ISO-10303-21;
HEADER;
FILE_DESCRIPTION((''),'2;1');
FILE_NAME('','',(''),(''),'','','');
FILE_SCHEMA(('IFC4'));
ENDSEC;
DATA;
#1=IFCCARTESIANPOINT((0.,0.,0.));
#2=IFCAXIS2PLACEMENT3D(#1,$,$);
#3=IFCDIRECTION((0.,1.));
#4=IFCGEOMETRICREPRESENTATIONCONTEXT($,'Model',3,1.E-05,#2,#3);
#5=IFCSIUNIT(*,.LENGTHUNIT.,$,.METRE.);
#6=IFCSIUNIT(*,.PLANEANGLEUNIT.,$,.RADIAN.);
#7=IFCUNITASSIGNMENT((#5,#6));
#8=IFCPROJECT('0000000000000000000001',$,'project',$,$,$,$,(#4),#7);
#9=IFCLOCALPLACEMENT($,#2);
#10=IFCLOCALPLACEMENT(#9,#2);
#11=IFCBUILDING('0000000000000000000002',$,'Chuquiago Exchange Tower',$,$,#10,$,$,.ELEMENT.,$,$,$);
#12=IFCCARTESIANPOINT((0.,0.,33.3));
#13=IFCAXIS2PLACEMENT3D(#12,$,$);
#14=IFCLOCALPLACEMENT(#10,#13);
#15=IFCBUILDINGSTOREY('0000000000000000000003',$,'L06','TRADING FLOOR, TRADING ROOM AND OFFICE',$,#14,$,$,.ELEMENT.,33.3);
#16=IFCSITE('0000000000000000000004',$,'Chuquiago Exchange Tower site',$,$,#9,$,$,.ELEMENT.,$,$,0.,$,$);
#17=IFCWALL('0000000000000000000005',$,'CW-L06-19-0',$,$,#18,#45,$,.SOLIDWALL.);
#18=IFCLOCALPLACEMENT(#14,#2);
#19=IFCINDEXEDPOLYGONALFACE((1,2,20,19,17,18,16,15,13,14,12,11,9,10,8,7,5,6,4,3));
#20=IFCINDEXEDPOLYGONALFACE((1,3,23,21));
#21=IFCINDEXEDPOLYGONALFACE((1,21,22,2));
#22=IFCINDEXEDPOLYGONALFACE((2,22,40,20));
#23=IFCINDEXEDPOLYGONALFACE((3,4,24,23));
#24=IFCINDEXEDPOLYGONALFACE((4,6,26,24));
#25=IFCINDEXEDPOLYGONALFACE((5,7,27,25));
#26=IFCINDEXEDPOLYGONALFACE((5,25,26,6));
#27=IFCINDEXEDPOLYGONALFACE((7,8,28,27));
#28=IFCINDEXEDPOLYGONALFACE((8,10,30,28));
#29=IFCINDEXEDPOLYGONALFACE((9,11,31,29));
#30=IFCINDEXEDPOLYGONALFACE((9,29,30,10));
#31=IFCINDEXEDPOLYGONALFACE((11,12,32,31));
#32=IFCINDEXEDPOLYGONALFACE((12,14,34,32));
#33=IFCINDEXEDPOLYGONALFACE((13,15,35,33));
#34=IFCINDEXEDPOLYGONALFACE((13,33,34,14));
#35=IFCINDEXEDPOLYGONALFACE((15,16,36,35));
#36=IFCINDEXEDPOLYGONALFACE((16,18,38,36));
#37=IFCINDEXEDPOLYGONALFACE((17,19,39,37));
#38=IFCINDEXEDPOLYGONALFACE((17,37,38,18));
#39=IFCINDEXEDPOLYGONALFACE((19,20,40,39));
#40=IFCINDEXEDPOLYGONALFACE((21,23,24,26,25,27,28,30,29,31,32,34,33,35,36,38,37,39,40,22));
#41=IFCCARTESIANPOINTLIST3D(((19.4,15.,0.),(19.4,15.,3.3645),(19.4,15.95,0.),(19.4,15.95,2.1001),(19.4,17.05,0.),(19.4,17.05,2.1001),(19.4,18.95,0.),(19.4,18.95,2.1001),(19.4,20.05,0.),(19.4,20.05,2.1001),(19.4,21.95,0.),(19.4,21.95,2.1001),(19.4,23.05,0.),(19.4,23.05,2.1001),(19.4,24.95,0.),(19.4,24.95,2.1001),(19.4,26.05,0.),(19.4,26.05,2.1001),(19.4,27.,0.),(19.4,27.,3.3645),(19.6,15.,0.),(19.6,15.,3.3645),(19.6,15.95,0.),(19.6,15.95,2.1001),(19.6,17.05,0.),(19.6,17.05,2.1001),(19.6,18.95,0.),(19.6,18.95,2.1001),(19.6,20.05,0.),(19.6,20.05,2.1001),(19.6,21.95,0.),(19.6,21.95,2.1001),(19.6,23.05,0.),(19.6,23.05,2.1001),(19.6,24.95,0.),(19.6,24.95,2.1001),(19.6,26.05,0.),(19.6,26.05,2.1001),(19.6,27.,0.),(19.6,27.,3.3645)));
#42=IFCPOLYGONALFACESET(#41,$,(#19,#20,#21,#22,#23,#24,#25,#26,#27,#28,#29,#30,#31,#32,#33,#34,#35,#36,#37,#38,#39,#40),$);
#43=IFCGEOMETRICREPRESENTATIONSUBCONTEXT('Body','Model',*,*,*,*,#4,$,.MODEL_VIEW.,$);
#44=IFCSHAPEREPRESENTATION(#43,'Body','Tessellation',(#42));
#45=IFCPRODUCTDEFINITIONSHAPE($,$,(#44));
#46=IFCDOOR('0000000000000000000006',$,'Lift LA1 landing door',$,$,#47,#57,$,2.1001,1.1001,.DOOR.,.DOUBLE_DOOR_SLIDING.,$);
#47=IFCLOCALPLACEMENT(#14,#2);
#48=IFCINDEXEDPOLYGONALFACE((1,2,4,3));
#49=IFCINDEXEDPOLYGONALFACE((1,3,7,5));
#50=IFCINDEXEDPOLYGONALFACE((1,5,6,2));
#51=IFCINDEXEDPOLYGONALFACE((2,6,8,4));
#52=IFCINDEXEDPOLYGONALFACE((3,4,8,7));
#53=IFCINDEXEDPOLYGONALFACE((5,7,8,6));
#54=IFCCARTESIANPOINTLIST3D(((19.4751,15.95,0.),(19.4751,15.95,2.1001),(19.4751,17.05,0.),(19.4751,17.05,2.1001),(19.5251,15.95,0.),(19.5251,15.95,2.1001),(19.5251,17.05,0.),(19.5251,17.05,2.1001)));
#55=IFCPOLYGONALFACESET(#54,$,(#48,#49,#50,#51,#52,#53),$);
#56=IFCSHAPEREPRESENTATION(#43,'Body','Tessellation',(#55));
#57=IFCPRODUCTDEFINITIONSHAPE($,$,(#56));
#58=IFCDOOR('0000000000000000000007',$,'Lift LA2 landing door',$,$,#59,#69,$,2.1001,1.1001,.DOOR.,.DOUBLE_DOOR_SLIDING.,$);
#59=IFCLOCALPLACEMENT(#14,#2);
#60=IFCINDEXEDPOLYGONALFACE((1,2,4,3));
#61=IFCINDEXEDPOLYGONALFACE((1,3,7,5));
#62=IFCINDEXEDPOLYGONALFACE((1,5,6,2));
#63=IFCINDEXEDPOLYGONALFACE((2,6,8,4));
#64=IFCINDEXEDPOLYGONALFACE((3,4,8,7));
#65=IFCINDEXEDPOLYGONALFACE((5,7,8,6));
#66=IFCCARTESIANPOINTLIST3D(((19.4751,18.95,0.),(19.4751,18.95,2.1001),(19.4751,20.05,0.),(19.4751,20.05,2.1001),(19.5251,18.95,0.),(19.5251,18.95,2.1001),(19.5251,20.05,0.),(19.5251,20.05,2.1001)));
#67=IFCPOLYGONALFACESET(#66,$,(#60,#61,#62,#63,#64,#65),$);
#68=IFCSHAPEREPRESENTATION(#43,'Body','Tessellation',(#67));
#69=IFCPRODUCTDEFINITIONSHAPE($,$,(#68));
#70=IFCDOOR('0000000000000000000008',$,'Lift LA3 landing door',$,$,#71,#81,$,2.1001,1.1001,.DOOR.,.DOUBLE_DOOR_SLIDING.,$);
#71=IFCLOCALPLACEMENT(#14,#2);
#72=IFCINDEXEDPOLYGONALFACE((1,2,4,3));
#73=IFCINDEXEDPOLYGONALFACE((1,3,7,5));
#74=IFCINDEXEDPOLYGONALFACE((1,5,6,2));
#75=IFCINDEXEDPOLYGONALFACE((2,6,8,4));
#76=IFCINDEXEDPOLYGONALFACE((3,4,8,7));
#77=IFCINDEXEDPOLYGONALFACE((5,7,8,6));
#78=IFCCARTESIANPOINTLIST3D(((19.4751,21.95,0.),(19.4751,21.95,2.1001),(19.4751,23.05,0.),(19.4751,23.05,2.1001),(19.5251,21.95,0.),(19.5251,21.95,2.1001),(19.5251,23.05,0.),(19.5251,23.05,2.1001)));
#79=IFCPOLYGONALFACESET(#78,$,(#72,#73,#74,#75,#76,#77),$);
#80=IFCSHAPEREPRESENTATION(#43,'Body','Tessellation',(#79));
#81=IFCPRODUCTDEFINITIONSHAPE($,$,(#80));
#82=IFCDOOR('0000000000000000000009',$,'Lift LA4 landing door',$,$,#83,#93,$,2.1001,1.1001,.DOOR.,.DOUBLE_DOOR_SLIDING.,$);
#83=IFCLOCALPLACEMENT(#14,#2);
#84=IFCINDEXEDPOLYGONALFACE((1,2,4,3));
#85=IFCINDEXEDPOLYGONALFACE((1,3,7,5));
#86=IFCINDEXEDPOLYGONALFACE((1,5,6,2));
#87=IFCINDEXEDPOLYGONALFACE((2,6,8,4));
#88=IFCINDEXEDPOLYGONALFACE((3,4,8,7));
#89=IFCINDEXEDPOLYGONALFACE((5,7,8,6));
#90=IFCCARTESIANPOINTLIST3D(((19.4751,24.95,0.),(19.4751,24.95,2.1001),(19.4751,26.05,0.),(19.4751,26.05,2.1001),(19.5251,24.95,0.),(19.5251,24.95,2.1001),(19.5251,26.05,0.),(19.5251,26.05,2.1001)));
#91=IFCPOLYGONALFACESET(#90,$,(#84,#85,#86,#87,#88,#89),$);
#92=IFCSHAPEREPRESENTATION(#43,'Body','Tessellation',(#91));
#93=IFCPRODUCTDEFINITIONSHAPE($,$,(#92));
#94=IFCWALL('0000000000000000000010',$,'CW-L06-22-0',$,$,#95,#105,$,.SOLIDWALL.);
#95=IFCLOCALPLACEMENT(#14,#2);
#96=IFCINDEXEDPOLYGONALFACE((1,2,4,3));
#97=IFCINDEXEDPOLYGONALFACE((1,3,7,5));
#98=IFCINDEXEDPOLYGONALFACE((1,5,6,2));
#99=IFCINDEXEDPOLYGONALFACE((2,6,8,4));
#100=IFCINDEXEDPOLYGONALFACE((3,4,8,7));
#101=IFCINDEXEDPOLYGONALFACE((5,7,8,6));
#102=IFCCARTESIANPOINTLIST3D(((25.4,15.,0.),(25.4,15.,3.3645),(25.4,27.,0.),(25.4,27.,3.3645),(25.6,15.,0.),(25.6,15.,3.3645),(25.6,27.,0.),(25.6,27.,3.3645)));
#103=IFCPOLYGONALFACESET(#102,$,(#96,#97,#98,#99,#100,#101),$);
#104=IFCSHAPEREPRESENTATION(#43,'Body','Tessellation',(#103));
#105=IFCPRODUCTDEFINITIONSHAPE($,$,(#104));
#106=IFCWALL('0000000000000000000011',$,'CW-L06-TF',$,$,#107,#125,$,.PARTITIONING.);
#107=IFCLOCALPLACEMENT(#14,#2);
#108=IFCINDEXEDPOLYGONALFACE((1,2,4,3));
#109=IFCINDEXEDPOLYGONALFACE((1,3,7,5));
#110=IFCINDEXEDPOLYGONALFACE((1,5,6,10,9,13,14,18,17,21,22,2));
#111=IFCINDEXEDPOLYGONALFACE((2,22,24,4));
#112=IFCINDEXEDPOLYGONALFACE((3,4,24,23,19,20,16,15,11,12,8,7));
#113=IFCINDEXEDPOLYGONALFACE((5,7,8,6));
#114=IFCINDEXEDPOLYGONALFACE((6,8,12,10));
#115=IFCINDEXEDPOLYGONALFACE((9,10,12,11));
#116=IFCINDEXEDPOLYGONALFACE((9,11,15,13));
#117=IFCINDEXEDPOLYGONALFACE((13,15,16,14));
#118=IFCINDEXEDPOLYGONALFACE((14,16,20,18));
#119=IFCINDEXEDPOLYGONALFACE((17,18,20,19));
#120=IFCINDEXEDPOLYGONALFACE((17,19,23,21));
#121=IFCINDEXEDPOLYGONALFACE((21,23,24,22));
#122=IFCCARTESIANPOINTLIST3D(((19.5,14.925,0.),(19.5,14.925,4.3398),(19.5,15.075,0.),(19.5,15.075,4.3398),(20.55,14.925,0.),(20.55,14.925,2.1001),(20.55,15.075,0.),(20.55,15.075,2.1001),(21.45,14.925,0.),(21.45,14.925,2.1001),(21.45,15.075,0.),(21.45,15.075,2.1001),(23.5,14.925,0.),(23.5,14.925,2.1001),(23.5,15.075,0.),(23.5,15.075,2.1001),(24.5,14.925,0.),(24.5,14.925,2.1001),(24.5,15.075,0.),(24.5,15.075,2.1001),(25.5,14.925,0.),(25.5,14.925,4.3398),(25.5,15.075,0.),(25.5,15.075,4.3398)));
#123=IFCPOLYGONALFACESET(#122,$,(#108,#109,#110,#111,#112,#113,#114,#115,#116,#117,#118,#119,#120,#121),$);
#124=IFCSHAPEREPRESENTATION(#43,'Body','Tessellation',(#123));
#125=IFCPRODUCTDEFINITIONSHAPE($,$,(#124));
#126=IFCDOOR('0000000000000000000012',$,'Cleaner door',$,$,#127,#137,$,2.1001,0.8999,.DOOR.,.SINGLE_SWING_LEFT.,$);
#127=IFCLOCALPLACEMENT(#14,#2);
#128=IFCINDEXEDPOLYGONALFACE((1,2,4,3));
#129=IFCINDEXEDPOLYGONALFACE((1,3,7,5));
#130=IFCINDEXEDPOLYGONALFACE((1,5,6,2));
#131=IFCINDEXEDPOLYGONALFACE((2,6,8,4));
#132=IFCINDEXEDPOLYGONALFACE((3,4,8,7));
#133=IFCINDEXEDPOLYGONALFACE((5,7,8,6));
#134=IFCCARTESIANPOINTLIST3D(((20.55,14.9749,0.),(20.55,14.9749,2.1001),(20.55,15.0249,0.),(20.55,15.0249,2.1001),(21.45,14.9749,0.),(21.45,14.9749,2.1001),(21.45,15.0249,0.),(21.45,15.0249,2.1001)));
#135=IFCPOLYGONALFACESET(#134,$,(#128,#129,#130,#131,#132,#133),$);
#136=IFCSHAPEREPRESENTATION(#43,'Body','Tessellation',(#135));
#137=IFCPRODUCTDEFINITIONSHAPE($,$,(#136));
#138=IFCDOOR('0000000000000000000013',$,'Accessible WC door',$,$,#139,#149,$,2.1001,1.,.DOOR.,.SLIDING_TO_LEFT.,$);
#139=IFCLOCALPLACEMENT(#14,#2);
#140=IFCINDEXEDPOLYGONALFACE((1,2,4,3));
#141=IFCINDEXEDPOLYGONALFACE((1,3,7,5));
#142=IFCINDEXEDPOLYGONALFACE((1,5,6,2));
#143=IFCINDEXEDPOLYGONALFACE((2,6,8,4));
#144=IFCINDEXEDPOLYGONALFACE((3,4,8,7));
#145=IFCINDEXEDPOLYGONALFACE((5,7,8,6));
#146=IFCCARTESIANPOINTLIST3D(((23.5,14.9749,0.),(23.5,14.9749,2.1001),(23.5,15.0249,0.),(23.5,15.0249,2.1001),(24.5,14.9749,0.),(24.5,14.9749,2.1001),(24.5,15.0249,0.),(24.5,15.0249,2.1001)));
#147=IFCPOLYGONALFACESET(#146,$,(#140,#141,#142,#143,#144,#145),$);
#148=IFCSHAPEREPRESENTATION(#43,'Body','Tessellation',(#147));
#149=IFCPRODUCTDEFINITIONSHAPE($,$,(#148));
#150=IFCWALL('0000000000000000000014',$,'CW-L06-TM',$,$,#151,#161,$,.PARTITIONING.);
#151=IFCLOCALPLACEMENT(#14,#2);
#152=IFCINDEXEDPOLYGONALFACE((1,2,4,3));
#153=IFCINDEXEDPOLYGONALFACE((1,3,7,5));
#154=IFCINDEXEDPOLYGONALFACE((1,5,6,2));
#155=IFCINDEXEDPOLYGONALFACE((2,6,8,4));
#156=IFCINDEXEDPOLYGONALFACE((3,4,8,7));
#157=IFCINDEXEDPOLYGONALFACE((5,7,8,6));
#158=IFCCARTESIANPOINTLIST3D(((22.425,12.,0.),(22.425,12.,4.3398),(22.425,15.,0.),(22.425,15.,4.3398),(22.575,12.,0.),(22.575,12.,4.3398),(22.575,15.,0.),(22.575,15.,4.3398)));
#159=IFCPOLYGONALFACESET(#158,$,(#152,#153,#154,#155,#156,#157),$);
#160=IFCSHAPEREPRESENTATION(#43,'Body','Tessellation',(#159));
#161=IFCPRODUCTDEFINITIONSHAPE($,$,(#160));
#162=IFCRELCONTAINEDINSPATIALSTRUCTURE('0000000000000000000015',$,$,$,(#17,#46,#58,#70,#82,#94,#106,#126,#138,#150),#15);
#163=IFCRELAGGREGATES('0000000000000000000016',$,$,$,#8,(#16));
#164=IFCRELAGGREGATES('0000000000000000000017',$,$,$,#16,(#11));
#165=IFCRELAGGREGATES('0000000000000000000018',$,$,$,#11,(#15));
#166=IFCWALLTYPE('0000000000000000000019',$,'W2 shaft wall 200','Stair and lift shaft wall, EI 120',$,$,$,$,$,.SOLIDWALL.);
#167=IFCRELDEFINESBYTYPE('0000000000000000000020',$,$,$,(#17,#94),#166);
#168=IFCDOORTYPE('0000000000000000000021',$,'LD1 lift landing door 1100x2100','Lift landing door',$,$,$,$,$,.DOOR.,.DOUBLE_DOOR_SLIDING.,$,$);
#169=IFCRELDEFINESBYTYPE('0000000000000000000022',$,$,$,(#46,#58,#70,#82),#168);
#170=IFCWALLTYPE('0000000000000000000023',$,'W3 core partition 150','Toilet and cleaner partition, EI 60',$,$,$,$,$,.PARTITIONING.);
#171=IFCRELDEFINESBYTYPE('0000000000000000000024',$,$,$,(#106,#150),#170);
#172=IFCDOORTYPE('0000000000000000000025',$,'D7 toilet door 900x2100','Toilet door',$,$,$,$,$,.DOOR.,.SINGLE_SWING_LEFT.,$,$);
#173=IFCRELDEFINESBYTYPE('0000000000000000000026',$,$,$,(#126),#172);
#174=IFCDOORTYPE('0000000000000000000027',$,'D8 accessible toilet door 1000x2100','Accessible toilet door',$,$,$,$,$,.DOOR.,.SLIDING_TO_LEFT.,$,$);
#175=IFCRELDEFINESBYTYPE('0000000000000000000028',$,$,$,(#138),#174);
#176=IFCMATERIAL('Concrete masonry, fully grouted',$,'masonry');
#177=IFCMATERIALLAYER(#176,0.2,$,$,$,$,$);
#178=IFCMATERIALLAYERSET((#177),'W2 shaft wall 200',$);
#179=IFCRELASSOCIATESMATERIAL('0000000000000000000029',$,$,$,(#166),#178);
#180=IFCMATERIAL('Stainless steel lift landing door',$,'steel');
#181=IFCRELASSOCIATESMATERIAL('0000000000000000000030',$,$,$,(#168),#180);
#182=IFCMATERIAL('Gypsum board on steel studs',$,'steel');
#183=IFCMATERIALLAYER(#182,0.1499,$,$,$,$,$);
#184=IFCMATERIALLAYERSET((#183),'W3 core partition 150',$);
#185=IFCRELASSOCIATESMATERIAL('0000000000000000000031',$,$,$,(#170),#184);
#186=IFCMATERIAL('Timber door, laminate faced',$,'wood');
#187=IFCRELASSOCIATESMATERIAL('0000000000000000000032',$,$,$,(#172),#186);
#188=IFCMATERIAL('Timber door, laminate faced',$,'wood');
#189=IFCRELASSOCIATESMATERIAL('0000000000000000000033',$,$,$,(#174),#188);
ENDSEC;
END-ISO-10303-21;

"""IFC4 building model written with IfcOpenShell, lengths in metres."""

from ifc_helpers import new_model, si_unit, direction, frame, frame_2d, origin, place, context, subcontext, project, spatial, rectangle, extrude, material, layer, layer_set, type_object, element, fill, save


model = new_model("IFC4")

# Units and contexts
model_context = context("Model", 3, precision=1e-05, world=origin(), true_north=direction((0.0, 1.0)))
body_context = subcontext(model_context, "Body", "Model", "MODEL_VIEW")
ifc_project = project(units=[si_unit("LENGTHUNIT", "METRE"), si_unit("PLANEANGLEUNIT", "RADIAN")], contexts=[model_context])

# Site, building, storey
site_placement = place(None, origin())
site = spatial("IfcSite", under=ifc_project, at=site_placement, Name="Chuquiago Exchange Tower site", CompositionType="ELEMENT", RefElevation=0.0)
building_placement = place(site_placement, origin())
building = spatial("IfcBuilding", under=site, at=building_placement, Name="Chuquiago Exchange Tower", CompositionType="ELEMENT")
storey_placement = place(building_placement, frame((0.0, 0.0, 33.3)))
storey = spatial("IfcBuildingStorey", under=building, at=storey_placement, Name="L06", Description="TRADING FLOOR, TRADING ROOM AND OFFICE", CompositionType="ELEMENT", Elevation=33.3)

# Shared definitions
ifc_material_1 = material(Name="Concrete masonry, fully grouted", Category="masonry")
ifc_layer_1 = layer(ifc_material_1, 0.2)
ifc_layer_set_1 = layer_set([ifc_layer_1], Name="W2 shaft wall 200")
wall_type_1 = type_object("IfcWallType", Name="W2 shaft wall 200", Description="Stair and lift shaft wall, EI 120", PredefinedType="SOLIDWALL", material=ifc_layer_set_1)

# Wall, openings, doors
wall_1_placement = place(storey_placement, frame((19.5, 15.0, 0.0), z_axis=(0.0, 0.0, 1.0), x_axis=(0.0, 1.0, 0.0)))
wall_1 = element("IfcWall", 1, at=wall_1_placement, inside=storey, type_object=wall_type_1, Name="CW-L06-19-0", PredefinedType="SOLIDWALL", context=body_context, shape_type="SweptSolid", body=[
    extrude(rectangle(XDim=12.0, YDim=0.2, at=frame_2d((6.0, 0.0))), origin(), (0.0, 0.0, 1.0), 3.3645),
])
opening_1_placement = place(wall_1_placement, frame((0.95, 0.0, 0.0)))
opening_1 = element("IfcOpeningElement", 2, at=opening_1_placement, cuts=wall_1, PredefinedType="OPENING", context=body_context, shape_type="SweptSolid", body=[
    extrude(rectangle(XDim=1.1001, YDim=2.1001, at=frame_2d((0.55, 1.05))), frame((0.0, 0.1099, 0.0), z_axis=(0.0, -1.0, 0.0), x_axis=(1.0, 0.0, 0.0)), (0.0, 0.0, 1.0), 0.22),
])
opening_2_placement = place(wall_1_placement, frame((3.95, 0.0, 0.0)))
opening_2 = element("IfcOpeningElement", 3, at=opening_2_placement, cuts=wall_1, PredefinedType="OPENING", context=body_context, shape_type="SweptSolid", body=[
    extrude(rectangle(XDim=1.1001, YDim=2.1001, at=frame_2d((0.55, 1.05))), frame((0.0, 0.1099, 0.0), z_axis=(0.0, -1.0, 0.0), x_axis=(1.0, 0.0, 0.0)), (0.0, 0.0, 1.0), 0.22),
])
opening_3_placement = place(wall_1_placement, frame((6.95, 0.0, 0.0)))
opening_3 = element("IfcOpeningElement", 4, at=opening_3_placement, cuts=wall_1, PredefinedType="OPENING", context=body_context, shape_type="SweptSolid", body=[
    extrude(rectangle(XDim=1.1001, YDim=2.1001, at=frame_2d((0.55, 1.05))), frame((0.0, 0.1099, 0.0), z_axis=(0.0, -1.0, 0.0), x_axis=(1.0, 0.0, 0.0)), (0.0, 0.0, 1.0), 0.22),
])
opening_4_placement = place(wall_1_placement, frame((9.95, 0.0, 0.0)))
opening_4 = element("IfcOpeningElement", 5, at=opening_4_placement, cuts=wall_1, PredefinedType="OPENING", context=body_context, shape_type="SweptSolid", body=[
    extrude(rectangle(XDim=1.1001, YDim=2.1001, at=frame_2d((0.55, 1.05))), frame((0.0, 0.1099, 0.0), z_axis=(0.0, -1.0, 0.0), x_axis=(1.0, 0.0, 0.0)), (0.0, 0.0, 1.0), 0.22),
])
ifc_material_2 = material(Name="Stainless steel lift landing door", Category="steel")
door_type_1 = type_object("IfcDoorType", Name="LD1 lift landing door 1100x2100", Description="Lift landing door", OperationType="DOUBLE_DOOR_SLIDING", PredefinedType="DOOR", material=ifc_material_2)
door_1_placement = place(opening_1_placement, origin())
door_1 = element("IfcDoor", 6, at=door_1_placement, inside=storey, type_object=door_type_1, Name="Lift LA1 landing door", OperationType="DOUBLE_DOOR_SLIDING", OverallHeight=2.1001, OverallWidth=1.1001, PredefinedType="DOOR", context=body_context, shape_type="SweptSolid", body=[
    extrude(rectangle(XDim=1.1001, YDim=2.1001, at=frame_2d((0.55, 1.05))), frame((0.0, 0.0249, 0.0), z_axis=(0.0, -1.0, 0.0), x_axis=(1.0, 0.0, 0.0)), (0.0, 0.0, 1.0), 0.05),
])
fill(opening_1, door_1)
door_2_placement = place(opening_2_placement, origin())
door_2 = element("IfcDoor", 7, at=door_2_placement, inside=storey, type_object=door_type_1, Name="Lift LA2 landing door", OperationType="DOUBLE_DOOR_SLIDING", OverallHeight=2.1001, OverallWidth=1.1001, PredefinedType="DOOR", context=body_context, shape_type="SweptSolid", body=[
    extrude(rectangle(XDim=1.1001, YDim=2.1001, at=frame_2d((0.55, 1.05))), frame((0.0, 0.0249, 0.0), z_axis=(0.0, -1.0, 0.0), x_axis=(1.0, 0.0, 0.0)), (0.0, 0.0, 1.0), 0.05),
])
fill(opening_2, door_2)
door_3_placement = place(opening_3_placement, origin())
door_3 = element("IfcDoor", 8, at=door_3_placement, inside=storey, type_object=door_type_1, Name="Lift LA3 landing door", OperationType="DOUBLE_DOOR_SLIDING", OverallHeight=2.1001, OverallWidth=1.1001, PredefinedType="DOOR", context=body_context, shape_type="SweptSolid", body=[
    extrude(rectangle(XDim=1.1001, YDim=2.1001, at=frame_2d((0.55, 1.05))), frame((0.0, 0.0249, 0.0), z_axis=(0.0, -1.0, 0.0), x_axis=(1.0, 0.0, 0.0)), (0.0, 0.0, 1.0), 0.05),
])
fill(opening_3, door_3)
door_4_placement = place(opening_4_placement, origin())
door_4 = element("IfcDoor", 9, at=door_4_placement, inside=storey, type_object=door_type_1, Name="Lift LA4 landing door", OperationType="DOUBLE_DOOR_SLIDING", OverallHeight=2.1001, OverallWidth=1.1001, PredefinedType="DOOR", context=body_context, shape_type="SweptSolid", body=[
    extrude(rectangle(XDim=1.1001, YDim=2.1001, at=frame_2d((0.55, 1.05))), frame((0.0, 0.0249, 0.0), z_axis=(0.0, -1.0, 0.0), x_axis=(1.0, 0.0, 0.0)), (0.0, 0.0, 1.0), 0.05),
])
fill(opening_4, door_4)

# Wall
wall_2_placement = place(storey_placement, frame((25.5, 15.0, 0.0), z_axis=(0.0, 0.0, 1.0), x_axis=(0.0, 1.0, 0.0)))
element("IfcWall", 10, at=wall_2_placement, inside=storey, type_object=wall_type_1, Name="CW-L06-22-0", PredefinedType="SOLIDWALL", context=body_context, shape_type="SweptSolid", body=[
    extrude(rectangle(XDim=12.0, YDim=0.2, at=frame_2d((6.0, 0.0))), origin(), (0.0, 0.0, 1.0), 3.3645),
])

# Wall, openings, doors
ifc_material_3 = material(Name="Gypsum board on steel studs", Category="steel")
ifc_layer_2 = layer(ifc_material_3, 0.1499)
ifc_layer_set_2 = layer_set([ifc_layer_2], Name="W3 core partition 150")
wall_type_2 = type_object("IfcWallType", Name="W3 core partition 150", Description="Toilet and cleaner partition, EI 60", PredefinedType="PARTITIONING", material=ifc_layer_set_2)
wall_3_placement = place(storey_placement, frame((19.5, 15.0, 0.0), z_axis=(0.0, 0.0, 1.0), x_axis=(1.0, 0.0, 0.0)))
wall_3 = element("IfcWall", 11, at=wall_3_placement, inside=storey, type_object=wall_type_2, Name="CW-L06-TF", PredefinedType="PARTITIONING", context=body_context, shape_type="SweptSolid", body=[
    extrude(rectangle(XDim=6.0, YDim=0.1499, at=frame_2d((3.0, 0.0))), origin(), (0.0, 0.0, 1.0), 4.3398),
])
opening_5_placement = place(wall_3_placement, frame((4.0, 0.0, 0.0)))
opening_5 = element("IfcOpeningElement", 12, at=opening_5_placement, cuts=wall_3, PredefinedType="OPENING", context=body_context, shape_type="SweptSolid", body=[
    extrude(rectangle(XDim=1.0, YDim=2.1001, at=frame_2d((0.5, 1.05))), frame((0.0, 0.085, 0.0), z_axis=(0.0, -1.0, 0.0), x_axis=(1.0, 0.0, 0.0)), (0.0, 0.0, 1.0), 0.1699),
])
opening_6_placement = place(wall_3_placement, frame((1.05, 0.0, 0.0)))
opening_6 = element("IfcOpeningElement", 13, at=opening_6_placement, cuts=wall_3, PredefinedType="OPENING", context=body_context, shape_type="SweptSolid", body=[
    extrude(rectangle(XDim=0.8999, YDim=2.1001, at=frame_2d((0.45, 1.05))), frame((0.0, 0.085, 0.0), z_axis=(0.0, -1.0, 0.0), x_axis=(1.0, 0.0, 0.0)), (0.0, 0.0, 1.0), 0.1699),
])
ifc_material_4 = material(Name="Timber door, laminate faced", Category="wood")
door_type_2 = type_object("IfcDoorType", Name="D7 toilet door 900x2100", Description="Toilet door", OperationType="SINGLE_SWING_LEFT", PredefinedType="DOOR", material=ifc_material_4)
door_5_placement = place(opening_6_placement, origin())
door_5 = element("IfcDoor", 14, at=door_5_placement, inside=storey, type_object=door_type_2, Name="Cleaner door", OperationType="SINGLE_SWING_LEFT", OverallHeight=2.1001, OverallWidth=0.8999, PredefinedType="DOOR", context=body_context, shape_type="SweptSolid", body=[
    extrude(rectangle(XDim=0.8999, YDim=2.1001, at=frame_2d((0.45, 1.05))), frame((0.0, 0.0249, 0.0), z_axis=(0.0, -1.0, 0.0), x_axis=(1.0, 0.0, 0.0)), (0.0, 0.0, 1.0), 0.05),
])
fill(opening_6, door_5)
ifc_material_5 = material(Name="Timber door, laminate faced", Category="wood")
door_type_3 = type_object("IfcDoorType", Name="D8 accessible toilet door 1000x2100", Description="Accessible toilet door", OperationType="SLIDING_TO_LEFT", PredefinedType="DOOR", material=ifc_material_5)
door_6_placement = place(opening_5_placement, origin())
door_6 = element("IfcDoor", 15, at=door_6_placement, inside=storey, type_object=door_type_3, Name="Accessible WC door", OperationType="SLIDING_TO_LEFT", OverallHeight=2.1001, OverallWidth=1.0, PredefinedType="DOOR", context=body_context, shape_type="SweptSolid", body=[
    extrude(rectangle(XDim=1.0, YDim=2.1001, at=frame_2d((0.5, 1.05))), frame((0.0, 0.0249, 0.0), z_axis=(0.0, -1.0, 0.0), x_axis=(1.0, 0.0, 0.0)), (0.0, 0.0, 1.0), 0.05),
])
fill(opening_5, door_6)

# Wall
wall_4_placement = place(storey_placement, frame((22.5, 15.0, 0.0), z_axis=(0.0, 0.0, 1.0), x_axis=(0.0, -1.0, 0.0)))
element("IfcWall", 16, at=wall_4_placement, inside=storey, type_object=wall_type_2, Name="CW-L06-TM", PredefinedType="PARTITIONING", context=body_context, shape_type="SweptSolid", body=[
    extrude(rectangle(XDim=3.0, YDim=0.1499, at=frame_2d((1.5, 0.0))), origin(), (0.0, 0.0, 1.0), 4.3398),
])

save(model, "model.ifc")
